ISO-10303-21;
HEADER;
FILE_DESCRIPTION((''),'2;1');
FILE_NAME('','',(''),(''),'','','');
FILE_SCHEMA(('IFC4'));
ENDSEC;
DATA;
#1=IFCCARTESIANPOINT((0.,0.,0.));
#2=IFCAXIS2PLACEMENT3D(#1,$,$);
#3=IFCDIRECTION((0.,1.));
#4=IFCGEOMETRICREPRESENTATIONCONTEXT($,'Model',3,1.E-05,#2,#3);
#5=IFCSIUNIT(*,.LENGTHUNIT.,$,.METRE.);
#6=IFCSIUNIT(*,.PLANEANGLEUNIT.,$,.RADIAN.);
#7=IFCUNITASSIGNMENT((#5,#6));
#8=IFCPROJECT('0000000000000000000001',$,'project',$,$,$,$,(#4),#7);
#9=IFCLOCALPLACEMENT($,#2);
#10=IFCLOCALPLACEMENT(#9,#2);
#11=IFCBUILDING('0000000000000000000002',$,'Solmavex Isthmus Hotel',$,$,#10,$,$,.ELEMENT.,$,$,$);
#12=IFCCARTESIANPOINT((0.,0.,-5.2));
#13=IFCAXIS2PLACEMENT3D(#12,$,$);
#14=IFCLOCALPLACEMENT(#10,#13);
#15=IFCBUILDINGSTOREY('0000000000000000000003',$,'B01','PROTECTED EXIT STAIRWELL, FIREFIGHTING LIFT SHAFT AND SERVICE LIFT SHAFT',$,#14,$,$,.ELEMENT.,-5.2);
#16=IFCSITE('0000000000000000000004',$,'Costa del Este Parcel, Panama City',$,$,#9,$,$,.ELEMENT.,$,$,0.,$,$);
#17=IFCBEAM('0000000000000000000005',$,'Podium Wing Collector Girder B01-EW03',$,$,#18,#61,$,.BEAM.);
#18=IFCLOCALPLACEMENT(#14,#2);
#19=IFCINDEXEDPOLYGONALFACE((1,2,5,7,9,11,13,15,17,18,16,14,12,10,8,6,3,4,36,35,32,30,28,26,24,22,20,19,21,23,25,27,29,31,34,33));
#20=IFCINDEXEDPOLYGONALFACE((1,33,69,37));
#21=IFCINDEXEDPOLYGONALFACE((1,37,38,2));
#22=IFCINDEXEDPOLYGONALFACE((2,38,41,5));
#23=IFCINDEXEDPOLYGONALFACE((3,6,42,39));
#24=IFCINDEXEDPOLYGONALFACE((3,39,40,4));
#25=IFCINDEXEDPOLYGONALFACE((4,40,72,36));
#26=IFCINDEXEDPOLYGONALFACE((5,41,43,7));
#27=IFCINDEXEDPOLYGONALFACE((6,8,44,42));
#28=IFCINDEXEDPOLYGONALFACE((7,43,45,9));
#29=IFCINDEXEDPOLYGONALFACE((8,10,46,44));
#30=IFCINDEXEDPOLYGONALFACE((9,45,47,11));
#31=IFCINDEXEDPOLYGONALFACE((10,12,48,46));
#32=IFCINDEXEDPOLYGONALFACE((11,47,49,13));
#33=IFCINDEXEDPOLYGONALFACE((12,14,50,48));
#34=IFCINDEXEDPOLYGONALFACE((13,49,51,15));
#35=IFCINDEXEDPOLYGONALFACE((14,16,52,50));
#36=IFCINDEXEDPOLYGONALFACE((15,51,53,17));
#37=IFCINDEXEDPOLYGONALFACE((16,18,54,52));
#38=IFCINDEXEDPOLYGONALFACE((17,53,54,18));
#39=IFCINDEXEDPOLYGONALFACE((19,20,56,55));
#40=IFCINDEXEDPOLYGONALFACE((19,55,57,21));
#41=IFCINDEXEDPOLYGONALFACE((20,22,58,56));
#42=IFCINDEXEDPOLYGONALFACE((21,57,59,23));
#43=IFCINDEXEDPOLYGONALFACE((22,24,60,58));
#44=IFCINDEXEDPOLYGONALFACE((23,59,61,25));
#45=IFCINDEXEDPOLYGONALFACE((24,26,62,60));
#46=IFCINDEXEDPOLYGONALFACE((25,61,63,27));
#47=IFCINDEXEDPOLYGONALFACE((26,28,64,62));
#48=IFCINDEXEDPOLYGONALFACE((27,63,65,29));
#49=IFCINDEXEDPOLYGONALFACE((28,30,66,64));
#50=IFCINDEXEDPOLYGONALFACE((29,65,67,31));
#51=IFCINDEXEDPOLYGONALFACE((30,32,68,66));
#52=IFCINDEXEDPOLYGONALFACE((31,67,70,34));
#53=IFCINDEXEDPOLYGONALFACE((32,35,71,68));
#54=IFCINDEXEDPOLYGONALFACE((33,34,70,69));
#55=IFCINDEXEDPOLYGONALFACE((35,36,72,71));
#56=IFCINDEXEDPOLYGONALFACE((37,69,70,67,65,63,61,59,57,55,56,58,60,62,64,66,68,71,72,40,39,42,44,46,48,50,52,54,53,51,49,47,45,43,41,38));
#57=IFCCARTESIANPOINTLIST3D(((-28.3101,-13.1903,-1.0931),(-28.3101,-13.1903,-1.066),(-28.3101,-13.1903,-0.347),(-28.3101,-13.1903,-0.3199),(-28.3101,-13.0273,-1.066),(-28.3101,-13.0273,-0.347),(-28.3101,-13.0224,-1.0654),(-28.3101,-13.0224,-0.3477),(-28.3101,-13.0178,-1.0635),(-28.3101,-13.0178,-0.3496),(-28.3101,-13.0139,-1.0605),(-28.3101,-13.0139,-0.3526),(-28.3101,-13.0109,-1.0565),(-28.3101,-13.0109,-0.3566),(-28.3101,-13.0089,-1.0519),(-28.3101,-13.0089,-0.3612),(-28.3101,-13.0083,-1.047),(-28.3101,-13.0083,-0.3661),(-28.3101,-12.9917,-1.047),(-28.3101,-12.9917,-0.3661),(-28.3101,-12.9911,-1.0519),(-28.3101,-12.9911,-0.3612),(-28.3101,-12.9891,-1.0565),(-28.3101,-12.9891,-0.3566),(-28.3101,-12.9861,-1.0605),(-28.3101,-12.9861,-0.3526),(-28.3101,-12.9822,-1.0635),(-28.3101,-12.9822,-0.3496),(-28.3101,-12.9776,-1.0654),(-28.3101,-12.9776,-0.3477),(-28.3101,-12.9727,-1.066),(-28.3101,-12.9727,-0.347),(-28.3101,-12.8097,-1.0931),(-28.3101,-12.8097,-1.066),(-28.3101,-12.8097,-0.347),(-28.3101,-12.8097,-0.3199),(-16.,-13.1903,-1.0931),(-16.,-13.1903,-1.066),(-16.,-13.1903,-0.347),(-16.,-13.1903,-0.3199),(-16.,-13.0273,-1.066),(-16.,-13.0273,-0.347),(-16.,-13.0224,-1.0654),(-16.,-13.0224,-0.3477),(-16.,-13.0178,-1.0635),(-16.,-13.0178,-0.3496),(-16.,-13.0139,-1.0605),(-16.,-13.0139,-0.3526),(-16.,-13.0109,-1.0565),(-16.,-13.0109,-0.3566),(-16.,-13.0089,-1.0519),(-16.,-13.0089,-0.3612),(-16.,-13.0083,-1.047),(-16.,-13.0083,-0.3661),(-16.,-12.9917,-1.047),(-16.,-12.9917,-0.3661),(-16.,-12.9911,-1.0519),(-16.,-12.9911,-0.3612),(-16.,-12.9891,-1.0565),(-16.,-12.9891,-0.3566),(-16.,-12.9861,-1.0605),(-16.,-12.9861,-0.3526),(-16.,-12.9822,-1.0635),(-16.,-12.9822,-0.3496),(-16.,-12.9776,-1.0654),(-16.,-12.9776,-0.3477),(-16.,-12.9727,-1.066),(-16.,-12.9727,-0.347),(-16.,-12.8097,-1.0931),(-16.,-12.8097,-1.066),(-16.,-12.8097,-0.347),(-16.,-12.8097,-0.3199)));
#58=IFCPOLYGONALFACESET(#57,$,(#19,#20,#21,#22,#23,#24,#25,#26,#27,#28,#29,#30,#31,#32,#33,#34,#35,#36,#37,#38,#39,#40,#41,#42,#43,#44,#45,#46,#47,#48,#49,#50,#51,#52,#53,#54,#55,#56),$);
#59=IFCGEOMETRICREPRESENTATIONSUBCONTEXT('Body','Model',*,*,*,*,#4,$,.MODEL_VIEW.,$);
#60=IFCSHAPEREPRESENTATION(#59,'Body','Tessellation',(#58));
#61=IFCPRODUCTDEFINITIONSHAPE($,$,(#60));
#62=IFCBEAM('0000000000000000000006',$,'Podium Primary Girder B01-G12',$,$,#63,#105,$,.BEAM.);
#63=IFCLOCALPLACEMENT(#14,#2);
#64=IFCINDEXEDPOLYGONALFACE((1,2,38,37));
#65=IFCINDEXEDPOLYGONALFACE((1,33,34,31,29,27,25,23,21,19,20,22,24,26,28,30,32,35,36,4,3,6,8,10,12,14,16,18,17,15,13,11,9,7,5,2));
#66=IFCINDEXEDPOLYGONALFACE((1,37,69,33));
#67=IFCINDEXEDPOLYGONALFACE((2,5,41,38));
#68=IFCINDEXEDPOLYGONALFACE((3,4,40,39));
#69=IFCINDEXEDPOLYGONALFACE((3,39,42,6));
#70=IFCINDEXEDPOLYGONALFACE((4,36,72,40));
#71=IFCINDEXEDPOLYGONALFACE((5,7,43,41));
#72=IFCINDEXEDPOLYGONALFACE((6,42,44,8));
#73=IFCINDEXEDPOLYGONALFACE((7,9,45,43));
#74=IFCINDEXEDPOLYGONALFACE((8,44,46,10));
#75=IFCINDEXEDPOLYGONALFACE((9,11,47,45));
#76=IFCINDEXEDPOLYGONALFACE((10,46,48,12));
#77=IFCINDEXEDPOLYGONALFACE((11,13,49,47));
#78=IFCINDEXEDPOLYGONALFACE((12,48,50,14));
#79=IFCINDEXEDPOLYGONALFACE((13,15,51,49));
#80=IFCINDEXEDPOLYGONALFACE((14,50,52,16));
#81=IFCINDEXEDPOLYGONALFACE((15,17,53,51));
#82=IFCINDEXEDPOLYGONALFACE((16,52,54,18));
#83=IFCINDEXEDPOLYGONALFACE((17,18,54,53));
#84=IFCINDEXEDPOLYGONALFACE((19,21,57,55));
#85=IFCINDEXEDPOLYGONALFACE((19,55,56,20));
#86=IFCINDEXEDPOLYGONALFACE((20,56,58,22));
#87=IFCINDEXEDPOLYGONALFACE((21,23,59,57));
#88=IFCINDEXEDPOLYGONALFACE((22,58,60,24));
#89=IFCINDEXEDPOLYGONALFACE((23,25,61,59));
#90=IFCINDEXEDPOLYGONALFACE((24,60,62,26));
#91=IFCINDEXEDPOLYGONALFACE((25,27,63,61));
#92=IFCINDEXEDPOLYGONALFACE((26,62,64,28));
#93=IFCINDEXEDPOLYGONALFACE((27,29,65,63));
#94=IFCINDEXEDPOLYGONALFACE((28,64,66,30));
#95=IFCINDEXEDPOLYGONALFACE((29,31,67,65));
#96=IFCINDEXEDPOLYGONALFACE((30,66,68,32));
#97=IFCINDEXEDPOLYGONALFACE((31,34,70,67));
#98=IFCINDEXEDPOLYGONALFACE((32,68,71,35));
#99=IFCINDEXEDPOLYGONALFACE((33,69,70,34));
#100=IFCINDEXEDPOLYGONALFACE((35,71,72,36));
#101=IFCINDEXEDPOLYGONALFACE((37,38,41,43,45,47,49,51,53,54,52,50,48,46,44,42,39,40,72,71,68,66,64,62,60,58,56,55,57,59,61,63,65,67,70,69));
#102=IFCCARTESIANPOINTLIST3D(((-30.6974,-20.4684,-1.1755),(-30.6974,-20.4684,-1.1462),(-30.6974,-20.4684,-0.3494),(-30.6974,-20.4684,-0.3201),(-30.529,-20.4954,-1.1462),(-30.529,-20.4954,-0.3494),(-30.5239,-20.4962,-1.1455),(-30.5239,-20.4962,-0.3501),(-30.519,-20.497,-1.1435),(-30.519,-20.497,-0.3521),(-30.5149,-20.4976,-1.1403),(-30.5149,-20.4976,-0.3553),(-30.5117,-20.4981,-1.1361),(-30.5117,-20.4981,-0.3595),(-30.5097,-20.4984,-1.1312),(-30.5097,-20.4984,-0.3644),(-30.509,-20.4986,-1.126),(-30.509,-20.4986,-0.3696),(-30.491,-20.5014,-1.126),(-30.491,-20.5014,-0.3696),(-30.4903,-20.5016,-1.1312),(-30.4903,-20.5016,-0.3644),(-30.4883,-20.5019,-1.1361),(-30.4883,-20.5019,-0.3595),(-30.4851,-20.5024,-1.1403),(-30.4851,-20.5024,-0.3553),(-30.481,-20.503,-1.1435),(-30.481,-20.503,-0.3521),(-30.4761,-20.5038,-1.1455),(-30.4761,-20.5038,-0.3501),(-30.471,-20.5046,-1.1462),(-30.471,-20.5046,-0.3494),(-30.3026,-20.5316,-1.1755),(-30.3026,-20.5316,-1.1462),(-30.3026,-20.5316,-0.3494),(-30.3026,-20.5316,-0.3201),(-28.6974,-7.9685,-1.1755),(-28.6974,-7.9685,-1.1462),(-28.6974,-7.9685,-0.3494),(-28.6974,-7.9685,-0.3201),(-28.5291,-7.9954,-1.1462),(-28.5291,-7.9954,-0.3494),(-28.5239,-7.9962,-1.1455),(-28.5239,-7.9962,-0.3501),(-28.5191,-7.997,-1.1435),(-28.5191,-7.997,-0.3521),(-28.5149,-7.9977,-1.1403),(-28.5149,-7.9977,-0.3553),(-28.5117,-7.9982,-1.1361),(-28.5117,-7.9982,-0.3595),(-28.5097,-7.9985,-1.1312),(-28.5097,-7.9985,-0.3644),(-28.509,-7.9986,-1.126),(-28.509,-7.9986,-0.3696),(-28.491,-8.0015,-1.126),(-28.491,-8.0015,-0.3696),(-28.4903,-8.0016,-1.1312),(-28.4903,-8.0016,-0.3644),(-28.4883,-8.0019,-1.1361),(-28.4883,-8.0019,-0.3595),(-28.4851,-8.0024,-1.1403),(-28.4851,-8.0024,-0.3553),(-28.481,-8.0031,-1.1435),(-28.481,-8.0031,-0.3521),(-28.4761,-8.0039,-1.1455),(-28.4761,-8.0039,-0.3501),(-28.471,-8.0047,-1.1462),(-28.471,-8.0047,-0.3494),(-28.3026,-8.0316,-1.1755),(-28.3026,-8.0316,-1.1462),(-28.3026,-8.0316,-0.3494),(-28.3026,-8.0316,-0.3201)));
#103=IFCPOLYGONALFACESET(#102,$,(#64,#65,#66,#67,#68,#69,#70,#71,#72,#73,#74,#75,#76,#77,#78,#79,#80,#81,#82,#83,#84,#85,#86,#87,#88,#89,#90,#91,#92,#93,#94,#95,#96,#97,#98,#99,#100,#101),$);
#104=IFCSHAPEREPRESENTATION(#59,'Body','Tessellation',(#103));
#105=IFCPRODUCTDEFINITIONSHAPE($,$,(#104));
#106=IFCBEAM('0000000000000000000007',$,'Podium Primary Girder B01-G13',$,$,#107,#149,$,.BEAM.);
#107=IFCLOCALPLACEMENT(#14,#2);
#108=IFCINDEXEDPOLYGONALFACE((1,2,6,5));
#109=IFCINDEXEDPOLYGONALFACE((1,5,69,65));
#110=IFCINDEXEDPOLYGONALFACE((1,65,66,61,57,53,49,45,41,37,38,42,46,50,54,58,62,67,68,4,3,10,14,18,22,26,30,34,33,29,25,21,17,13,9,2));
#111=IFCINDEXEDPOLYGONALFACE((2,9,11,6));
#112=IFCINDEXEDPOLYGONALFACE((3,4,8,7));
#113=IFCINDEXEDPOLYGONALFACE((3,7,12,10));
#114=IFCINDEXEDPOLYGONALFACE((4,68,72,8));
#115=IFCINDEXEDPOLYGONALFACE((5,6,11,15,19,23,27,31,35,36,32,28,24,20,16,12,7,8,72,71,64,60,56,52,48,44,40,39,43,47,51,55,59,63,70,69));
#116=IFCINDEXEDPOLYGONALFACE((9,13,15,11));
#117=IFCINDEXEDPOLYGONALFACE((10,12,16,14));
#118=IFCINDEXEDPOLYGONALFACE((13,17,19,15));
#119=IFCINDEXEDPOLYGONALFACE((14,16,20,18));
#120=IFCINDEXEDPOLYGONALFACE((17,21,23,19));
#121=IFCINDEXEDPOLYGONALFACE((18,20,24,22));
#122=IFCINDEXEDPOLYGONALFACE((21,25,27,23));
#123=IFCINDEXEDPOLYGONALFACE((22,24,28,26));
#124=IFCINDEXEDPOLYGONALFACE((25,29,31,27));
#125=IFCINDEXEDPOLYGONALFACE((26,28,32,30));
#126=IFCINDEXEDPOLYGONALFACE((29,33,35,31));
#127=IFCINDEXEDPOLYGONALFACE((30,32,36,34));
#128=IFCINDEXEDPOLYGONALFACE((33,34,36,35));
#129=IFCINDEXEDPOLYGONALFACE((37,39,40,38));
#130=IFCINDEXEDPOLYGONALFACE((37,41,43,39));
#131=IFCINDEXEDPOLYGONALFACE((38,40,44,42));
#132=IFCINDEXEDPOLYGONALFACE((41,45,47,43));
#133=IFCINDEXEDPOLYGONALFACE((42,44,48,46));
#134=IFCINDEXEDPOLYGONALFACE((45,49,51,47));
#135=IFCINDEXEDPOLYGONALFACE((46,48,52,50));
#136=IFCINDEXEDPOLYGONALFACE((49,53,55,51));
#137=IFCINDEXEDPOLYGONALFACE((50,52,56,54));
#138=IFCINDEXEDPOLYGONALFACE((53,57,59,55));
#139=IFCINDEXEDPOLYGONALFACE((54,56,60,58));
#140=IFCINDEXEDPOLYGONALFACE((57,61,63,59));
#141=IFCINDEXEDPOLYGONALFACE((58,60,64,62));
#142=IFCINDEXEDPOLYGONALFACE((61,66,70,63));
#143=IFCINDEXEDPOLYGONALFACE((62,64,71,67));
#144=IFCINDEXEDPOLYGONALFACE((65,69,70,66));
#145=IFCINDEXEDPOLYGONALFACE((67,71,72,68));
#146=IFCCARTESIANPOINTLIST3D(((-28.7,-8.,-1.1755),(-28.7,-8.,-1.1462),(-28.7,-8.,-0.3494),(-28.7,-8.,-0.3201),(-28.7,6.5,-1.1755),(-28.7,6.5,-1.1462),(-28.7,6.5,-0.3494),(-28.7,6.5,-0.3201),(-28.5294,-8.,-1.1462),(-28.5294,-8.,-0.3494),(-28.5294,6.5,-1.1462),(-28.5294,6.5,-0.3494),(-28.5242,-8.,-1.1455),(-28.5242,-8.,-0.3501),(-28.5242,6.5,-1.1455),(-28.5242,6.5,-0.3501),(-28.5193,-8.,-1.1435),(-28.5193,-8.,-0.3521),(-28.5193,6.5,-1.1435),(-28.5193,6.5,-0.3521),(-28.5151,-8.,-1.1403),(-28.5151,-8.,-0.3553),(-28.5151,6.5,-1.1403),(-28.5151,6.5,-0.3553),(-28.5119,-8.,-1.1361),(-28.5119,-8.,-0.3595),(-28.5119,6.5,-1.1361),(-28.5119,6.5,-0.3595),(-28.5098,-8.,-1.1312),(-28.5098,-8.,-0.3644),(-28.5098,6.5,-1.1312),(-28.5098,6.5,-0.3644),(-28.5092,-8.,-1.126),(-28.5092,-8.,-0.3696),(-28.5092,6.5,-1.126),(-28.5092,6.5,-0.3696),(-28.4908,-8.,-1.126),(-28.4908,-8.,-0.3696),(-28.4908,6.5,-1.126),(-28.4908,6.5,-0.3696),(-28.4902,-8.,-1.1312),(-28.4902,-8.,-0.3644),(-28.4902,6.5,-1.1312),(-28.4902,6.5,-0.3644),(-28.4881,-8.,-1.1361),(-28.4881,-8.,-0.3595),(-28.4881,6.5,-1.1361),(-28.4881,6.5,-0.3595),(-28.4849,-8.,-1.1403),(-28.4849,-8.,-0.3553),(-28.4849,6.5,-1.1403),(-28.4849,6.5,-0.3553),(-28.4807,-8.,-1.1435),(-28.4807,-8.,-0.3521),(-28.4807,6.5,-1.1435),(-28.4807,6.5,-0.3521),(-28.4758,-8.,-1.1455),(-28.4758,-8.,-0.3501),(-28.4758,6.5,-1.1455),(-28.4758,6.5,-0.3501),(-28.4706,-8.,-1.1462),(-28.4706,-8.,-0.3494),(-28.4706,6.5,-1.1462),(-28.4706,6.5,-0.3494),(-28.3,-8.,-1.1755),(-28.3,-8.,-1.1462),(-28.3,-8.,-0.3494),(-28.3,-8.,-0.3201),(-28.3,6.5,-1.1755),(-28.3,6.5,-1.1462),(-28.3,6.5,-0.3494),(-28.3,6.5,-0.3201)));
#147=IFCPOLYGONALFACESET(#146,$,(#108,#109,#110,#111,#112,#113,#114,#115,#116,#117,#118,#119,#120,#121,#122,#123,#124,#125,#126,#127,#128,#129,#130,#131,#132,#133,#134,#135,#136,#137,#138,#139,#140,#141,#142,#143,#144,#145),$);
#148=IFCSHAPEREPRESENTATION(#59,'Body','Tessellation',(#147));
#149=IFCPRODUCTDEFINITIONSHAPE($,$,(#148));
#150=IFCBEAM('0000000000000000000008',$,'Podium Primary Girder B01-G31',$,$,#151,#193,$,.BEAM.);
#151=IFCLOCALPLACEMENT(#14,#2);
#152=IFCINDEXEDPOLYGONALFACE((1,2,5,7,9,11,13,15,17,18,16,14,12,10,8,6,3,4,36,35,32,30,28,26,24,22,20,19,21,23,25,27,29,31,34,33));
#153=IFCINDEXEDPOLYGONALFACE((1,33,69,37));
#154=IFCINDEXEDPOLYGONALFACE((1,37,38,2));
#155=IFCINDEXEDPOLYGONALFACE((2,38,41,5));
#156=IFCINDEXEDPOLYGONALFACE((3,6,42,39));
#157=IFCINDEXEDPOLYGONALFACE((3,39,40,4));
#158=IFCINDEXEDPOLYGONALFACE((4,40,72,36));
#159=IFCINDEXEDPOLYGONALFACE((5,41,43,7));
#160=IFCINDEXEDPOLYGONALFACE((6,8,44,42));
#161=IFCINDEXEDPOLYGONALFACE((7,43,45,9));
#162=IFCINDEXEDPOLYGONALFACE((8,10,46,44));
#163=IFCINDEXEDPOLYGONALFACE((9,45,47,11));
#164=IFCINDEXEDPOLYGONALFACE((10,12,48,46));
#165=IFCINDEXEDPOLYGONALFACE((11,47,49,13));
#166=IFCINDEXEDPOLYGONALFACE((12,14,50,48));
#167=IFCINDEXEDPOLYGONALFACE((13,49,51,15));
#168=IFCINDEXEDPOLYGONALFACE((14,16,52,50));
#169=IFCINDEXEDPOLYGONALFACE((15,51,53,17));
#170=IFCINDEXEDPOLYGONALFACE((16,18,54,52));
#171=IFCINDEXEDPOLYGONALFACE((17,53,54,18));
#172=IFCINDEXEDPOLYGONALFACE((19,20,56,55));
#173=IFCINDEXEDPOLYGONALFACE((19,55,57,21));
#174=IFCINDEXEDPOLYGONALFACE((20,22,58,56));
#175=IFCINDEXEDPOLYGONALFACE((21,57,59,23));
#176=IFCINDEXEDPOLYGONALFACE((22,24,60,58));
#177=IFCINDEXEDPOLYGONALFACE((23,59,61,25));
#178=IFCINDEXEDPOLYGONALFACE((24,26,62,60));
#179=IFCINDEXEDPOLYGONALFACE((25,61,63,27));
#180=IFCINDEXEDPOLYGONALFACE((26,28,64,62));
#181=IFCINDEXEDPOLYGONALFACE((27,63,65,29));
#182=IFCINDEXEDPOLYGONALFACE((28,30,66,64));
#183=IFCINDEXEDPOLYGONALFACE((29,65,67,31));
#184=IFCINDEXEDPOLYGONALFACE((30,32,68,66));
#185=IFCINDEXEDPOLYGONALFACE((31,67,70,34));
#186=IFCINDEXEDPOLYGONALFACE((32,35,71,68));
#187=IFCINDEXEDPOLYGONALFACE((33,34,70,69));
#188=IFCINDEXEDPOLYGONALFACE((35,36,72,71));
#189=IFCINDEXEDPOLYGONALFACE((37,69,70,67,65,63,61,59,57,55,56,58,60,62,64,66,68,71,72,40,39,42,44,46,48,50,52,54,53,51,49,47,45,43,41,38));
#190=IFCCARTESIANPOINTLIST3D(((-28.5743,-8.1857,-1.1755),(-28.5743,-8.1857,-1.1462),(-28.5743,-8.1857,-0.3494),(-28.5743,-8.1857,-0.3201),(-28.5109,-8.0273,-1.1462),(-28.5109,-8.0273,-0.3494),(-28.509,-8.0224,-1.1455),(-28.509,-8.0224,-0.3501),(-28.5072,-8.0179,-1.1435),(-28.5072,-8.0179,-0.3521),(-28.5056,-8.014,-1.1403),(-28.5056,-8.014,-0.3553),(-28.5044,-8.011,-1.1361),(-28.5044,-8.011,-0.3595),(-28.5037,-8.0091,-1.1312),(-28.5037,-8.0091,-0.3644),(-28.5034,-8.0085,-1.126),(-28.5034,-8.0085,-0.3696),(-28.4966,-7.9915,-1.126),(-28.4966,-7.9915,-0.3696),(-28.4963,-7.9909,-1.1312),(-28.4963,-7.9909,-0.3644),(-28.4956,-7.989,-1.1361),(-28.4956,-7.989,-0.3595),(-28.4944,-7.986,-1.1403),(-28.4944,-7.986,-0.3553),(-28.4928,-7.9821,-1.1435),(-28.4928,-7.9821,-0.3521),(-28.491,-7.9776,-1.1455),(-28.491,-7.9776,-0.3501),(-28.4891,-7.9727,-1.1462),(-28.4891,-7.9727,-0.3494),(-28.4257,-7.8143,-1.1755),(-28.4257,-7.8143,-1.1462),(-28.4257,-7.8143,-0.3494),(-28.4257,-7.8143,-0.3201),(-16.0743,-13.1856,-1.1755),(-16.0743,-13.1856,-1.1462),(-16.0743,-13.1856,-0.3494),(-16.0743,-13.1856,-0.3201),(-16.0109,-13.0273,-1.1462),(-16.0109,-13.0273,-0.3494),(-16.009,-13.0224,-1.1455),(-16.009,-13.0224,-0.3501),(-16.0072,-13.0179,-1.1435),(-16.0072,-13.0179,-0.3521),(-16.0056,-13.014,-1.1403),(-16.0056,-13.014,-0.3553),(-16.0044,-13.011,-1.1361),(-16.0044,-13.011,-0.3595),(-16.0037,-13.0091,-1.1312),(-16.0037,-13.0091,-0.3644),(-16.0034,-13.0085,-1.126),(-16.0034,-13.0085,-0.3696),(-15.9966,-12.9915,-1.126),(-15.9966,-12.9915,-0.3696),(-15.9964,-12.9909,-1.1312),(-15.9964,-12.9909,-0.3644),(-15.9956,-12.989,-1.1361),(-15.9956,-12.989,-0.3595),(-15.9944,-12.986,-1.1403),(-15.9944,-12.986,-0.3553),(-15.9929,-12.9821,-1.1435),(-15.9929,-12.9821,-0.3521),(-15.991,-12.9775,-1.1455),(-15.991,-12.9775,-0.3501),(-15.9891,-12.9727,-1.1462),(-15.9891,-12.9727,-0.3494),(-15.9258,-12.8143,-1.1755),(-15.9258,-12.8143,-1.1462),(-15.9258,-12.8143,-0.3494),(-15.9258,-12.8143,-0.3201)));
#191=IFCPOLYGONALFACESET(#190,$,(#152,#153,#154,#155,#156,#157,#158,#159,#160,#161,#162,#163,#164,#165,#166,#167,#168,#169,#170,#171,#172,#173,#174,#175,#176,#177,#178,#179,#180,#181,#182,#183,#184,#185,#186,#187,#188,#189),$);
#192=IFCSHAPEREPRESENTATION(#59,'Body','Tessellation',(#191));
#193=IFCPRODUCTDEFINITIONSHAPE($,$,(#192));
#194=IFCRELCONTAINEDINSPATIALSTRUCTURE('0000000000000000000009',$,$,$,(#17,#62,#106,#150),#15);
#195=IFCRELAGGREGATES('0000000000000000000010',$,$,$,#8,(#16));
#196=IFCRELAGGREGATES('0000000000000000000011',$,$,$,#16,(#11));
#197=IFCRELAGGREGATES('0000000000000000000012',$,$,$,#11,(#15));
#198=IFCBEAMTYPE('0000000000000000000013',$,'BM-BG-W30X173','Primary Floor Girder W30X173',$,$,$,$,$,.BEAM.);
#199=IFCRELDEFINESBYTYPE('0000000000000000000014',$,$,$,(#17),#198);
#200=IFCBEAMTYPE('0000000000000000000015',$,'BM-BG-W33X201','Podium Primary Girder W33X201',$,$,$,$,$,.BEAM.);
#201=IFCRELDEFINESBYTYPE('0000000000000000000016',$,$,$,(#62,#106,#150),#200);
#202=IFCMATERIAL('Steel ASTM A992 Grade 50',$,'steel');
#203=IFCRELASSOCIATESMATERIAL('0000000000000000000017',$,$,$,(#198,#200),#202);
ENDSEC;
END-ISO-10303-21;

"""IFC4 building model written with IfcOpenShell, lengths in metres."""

from ifc_helpers import new_model, si_unit, direction, frame, origin, origin_2d, place, context, subcontext, project, spatial, i_section, extrude, material, material_profile, profile_set, type_object, element, save


model = new_model("IFC4")

# Units and contexts
model_context = context("Model", 3, precision=1e-05, world=origin(), true_north=direction((0.0, 1.0)))
body_context = subcontext(model_context, "Body", "Model", "MODEL_VIEW")
ifc_project = project(units=[si_unit("LENGTHUNIT", "METRE"), si_unit("PLANEANGLEUNIT", "RADIAN")], contexts=[model_context])

# Site, building, storey
site_placement = place(None, origin())
site = spatial("IfcSite", under=ifc_project, at=site_placement, Name="Costa del Este Parcel, Panama City", CompositionType="ELEMENT", RefElevation=0.0)
building_placement = place(site_placement, origin())
building = spatial("IfcBuilding", under=site, at=building_placement, Name="Solmavex Isthmus Hotel", CompositionType="ELEMENT")
storey_placement = place(building_placement, frame((0.0, 0.0, -5.2)))
storey = spatial("IfcBuildingStorey", under=building, at=storey_placement, Name="B01", Description="PROTECTED EXIT STAIRWELL, FIREFIGHTING LIFT SHAFT AND SERVICE LIFT SHAFT", CompositionType="ELEMENT", Elevation=-5.2)

# Beams
ifc_material_1 = material(Name="Steel ASTM A992 Grade 50", Category="steel")
ifc_material_profile_1 = material_profile(ifc_material_1, i_section(OverallWidth=0.3806, OverallDepth=0.7732, WebThickness=0.0166, FlangeThickness=0.0271, FilletRadius=0.019, at=origin_2d()), Name="W30X173")
ifc_profile_set_1 = profile_set([ifc_material_profile_1], Name="Steel ASTM A992 Grade 50")
beam_type_1 = type_object("IfcBeamType", Name="BM-BG-W30X173", Description="Primary Floor Girder W30X173", PredefinedType="BEAM", material=ifc_profile_set_1)
beam_1_placement = place(storey_placement, frame((-28.3101, -13.0, -0.7065), z_axis=(1.0, 0.0, 0.0), x_axis=(0.0, 1.0, 0.0)))
element("IfcBeam", 1, at=beam_1_placement, inside=storey, type_object=beam_type_1, Name="Podium Wing Collector Girder B01-EW03", PredefinedType="BEAM", context=body_context, shape_type="SweptSolid", body=[
    extrude(i_section(OverallWidth=0.3806, OverallDepth=0.7732, WebThickness=0.0166, FlangeThickness=0.0271, FilletRadius=0.019, at=origin_2d()), origin(), (0.0, 0.0, 1.0), 12.3101),
])
ifc_material_profile_2 = material_profile(ifc_material_1, i_section(OverallWidth=0.3999, OverallDepth=0.8555, WebThickness=0.0183, FlangeThickness=0.0293, FilletRadius=0.0203, at=origin_2d()), Name="W33X201")
ifc_profile_set_2 = profile_set([ifc_material_profile_2], Name="Steel ASTM A992 Grade 50")
beam_type_2 = type_object("IfcBeamType", Name="BM-BG-W33X201", Description="Podium Primary Girder W33X201", PredefinedType="BEAM", material=ifc_profile_set_2)
beam_2_placement = place(storey_placement, frame((-30.5, -20.5, -0.7478), z_axis=(0.157991, 0.987441, 0.0), x_axis=(-0.987441, 0.157991, 0.0)))
element("IfcBeam", 2, at=beam_2_placement, inside=storey, type_object=beam_type_2, Name="Podium Primary Girder B01-G12", PredefinedType="BEAM", context=body_context, shape_type="SweptSolid", body=[
    extrude(i_section(OverallWidth=0.3999, OverallDepth=0.8555, WebThickness=0.0183, FlangeThickness=0.0293, FilletRadius=0.0203, at=origin_2d()), origin(), (0.0, 0.0, 1.0), 12.6589),
])
beam_3_placement = place(storey_placement, frame((-28.5, -8.0, -0.7478), z_axis=(0.0, 1.0, 0.0), x_axis=(-1.0, 0.0, 0.0)))
element("IfcBeam", 3, at=beam_3_placement, inside=storey, type_object=beam_type_2, Name="Podium Primary Girder B01-G13", PredefinedType="BEAM", context=body_context, shape_type="SweptSolid", body=[
    extrude(i_section(OverallWidth=0.3999, OverallDepth=0.8555, WebThickness=0.0183, FlangeThickness=0.0293, FilletRadius=0.0203, at=origin_2d()), origin(), (0.0, 0.0, 1.0), 14.5),
])
beam_4_placement = place(storey_placement, frame((-28.5, -8.0, -0.7478), z_axis=(0.928477, -0.371391, 0.0), x_axis=(0.371391, 0.928477, 0.0)))
element("IfcBeam", 4, at=beam_4_placement, inside=storey, type_object=beam_type_2, Name="Podium Primary Girder B01-G31", PredefinedType="BEAM", context=body_context, shape_type="SweptSolid", body=[
    extrude(i_section(OverallWidth=0.3999, OverallDepth=0.8555, WebThickness=0.0183, FlangeThickness=0.0293, FilletRadius=0.0203, at=origin_2d()), origin(), (0.0, 0.0, 1.0), 13.4629),
])

save(model, "model.ifc")
